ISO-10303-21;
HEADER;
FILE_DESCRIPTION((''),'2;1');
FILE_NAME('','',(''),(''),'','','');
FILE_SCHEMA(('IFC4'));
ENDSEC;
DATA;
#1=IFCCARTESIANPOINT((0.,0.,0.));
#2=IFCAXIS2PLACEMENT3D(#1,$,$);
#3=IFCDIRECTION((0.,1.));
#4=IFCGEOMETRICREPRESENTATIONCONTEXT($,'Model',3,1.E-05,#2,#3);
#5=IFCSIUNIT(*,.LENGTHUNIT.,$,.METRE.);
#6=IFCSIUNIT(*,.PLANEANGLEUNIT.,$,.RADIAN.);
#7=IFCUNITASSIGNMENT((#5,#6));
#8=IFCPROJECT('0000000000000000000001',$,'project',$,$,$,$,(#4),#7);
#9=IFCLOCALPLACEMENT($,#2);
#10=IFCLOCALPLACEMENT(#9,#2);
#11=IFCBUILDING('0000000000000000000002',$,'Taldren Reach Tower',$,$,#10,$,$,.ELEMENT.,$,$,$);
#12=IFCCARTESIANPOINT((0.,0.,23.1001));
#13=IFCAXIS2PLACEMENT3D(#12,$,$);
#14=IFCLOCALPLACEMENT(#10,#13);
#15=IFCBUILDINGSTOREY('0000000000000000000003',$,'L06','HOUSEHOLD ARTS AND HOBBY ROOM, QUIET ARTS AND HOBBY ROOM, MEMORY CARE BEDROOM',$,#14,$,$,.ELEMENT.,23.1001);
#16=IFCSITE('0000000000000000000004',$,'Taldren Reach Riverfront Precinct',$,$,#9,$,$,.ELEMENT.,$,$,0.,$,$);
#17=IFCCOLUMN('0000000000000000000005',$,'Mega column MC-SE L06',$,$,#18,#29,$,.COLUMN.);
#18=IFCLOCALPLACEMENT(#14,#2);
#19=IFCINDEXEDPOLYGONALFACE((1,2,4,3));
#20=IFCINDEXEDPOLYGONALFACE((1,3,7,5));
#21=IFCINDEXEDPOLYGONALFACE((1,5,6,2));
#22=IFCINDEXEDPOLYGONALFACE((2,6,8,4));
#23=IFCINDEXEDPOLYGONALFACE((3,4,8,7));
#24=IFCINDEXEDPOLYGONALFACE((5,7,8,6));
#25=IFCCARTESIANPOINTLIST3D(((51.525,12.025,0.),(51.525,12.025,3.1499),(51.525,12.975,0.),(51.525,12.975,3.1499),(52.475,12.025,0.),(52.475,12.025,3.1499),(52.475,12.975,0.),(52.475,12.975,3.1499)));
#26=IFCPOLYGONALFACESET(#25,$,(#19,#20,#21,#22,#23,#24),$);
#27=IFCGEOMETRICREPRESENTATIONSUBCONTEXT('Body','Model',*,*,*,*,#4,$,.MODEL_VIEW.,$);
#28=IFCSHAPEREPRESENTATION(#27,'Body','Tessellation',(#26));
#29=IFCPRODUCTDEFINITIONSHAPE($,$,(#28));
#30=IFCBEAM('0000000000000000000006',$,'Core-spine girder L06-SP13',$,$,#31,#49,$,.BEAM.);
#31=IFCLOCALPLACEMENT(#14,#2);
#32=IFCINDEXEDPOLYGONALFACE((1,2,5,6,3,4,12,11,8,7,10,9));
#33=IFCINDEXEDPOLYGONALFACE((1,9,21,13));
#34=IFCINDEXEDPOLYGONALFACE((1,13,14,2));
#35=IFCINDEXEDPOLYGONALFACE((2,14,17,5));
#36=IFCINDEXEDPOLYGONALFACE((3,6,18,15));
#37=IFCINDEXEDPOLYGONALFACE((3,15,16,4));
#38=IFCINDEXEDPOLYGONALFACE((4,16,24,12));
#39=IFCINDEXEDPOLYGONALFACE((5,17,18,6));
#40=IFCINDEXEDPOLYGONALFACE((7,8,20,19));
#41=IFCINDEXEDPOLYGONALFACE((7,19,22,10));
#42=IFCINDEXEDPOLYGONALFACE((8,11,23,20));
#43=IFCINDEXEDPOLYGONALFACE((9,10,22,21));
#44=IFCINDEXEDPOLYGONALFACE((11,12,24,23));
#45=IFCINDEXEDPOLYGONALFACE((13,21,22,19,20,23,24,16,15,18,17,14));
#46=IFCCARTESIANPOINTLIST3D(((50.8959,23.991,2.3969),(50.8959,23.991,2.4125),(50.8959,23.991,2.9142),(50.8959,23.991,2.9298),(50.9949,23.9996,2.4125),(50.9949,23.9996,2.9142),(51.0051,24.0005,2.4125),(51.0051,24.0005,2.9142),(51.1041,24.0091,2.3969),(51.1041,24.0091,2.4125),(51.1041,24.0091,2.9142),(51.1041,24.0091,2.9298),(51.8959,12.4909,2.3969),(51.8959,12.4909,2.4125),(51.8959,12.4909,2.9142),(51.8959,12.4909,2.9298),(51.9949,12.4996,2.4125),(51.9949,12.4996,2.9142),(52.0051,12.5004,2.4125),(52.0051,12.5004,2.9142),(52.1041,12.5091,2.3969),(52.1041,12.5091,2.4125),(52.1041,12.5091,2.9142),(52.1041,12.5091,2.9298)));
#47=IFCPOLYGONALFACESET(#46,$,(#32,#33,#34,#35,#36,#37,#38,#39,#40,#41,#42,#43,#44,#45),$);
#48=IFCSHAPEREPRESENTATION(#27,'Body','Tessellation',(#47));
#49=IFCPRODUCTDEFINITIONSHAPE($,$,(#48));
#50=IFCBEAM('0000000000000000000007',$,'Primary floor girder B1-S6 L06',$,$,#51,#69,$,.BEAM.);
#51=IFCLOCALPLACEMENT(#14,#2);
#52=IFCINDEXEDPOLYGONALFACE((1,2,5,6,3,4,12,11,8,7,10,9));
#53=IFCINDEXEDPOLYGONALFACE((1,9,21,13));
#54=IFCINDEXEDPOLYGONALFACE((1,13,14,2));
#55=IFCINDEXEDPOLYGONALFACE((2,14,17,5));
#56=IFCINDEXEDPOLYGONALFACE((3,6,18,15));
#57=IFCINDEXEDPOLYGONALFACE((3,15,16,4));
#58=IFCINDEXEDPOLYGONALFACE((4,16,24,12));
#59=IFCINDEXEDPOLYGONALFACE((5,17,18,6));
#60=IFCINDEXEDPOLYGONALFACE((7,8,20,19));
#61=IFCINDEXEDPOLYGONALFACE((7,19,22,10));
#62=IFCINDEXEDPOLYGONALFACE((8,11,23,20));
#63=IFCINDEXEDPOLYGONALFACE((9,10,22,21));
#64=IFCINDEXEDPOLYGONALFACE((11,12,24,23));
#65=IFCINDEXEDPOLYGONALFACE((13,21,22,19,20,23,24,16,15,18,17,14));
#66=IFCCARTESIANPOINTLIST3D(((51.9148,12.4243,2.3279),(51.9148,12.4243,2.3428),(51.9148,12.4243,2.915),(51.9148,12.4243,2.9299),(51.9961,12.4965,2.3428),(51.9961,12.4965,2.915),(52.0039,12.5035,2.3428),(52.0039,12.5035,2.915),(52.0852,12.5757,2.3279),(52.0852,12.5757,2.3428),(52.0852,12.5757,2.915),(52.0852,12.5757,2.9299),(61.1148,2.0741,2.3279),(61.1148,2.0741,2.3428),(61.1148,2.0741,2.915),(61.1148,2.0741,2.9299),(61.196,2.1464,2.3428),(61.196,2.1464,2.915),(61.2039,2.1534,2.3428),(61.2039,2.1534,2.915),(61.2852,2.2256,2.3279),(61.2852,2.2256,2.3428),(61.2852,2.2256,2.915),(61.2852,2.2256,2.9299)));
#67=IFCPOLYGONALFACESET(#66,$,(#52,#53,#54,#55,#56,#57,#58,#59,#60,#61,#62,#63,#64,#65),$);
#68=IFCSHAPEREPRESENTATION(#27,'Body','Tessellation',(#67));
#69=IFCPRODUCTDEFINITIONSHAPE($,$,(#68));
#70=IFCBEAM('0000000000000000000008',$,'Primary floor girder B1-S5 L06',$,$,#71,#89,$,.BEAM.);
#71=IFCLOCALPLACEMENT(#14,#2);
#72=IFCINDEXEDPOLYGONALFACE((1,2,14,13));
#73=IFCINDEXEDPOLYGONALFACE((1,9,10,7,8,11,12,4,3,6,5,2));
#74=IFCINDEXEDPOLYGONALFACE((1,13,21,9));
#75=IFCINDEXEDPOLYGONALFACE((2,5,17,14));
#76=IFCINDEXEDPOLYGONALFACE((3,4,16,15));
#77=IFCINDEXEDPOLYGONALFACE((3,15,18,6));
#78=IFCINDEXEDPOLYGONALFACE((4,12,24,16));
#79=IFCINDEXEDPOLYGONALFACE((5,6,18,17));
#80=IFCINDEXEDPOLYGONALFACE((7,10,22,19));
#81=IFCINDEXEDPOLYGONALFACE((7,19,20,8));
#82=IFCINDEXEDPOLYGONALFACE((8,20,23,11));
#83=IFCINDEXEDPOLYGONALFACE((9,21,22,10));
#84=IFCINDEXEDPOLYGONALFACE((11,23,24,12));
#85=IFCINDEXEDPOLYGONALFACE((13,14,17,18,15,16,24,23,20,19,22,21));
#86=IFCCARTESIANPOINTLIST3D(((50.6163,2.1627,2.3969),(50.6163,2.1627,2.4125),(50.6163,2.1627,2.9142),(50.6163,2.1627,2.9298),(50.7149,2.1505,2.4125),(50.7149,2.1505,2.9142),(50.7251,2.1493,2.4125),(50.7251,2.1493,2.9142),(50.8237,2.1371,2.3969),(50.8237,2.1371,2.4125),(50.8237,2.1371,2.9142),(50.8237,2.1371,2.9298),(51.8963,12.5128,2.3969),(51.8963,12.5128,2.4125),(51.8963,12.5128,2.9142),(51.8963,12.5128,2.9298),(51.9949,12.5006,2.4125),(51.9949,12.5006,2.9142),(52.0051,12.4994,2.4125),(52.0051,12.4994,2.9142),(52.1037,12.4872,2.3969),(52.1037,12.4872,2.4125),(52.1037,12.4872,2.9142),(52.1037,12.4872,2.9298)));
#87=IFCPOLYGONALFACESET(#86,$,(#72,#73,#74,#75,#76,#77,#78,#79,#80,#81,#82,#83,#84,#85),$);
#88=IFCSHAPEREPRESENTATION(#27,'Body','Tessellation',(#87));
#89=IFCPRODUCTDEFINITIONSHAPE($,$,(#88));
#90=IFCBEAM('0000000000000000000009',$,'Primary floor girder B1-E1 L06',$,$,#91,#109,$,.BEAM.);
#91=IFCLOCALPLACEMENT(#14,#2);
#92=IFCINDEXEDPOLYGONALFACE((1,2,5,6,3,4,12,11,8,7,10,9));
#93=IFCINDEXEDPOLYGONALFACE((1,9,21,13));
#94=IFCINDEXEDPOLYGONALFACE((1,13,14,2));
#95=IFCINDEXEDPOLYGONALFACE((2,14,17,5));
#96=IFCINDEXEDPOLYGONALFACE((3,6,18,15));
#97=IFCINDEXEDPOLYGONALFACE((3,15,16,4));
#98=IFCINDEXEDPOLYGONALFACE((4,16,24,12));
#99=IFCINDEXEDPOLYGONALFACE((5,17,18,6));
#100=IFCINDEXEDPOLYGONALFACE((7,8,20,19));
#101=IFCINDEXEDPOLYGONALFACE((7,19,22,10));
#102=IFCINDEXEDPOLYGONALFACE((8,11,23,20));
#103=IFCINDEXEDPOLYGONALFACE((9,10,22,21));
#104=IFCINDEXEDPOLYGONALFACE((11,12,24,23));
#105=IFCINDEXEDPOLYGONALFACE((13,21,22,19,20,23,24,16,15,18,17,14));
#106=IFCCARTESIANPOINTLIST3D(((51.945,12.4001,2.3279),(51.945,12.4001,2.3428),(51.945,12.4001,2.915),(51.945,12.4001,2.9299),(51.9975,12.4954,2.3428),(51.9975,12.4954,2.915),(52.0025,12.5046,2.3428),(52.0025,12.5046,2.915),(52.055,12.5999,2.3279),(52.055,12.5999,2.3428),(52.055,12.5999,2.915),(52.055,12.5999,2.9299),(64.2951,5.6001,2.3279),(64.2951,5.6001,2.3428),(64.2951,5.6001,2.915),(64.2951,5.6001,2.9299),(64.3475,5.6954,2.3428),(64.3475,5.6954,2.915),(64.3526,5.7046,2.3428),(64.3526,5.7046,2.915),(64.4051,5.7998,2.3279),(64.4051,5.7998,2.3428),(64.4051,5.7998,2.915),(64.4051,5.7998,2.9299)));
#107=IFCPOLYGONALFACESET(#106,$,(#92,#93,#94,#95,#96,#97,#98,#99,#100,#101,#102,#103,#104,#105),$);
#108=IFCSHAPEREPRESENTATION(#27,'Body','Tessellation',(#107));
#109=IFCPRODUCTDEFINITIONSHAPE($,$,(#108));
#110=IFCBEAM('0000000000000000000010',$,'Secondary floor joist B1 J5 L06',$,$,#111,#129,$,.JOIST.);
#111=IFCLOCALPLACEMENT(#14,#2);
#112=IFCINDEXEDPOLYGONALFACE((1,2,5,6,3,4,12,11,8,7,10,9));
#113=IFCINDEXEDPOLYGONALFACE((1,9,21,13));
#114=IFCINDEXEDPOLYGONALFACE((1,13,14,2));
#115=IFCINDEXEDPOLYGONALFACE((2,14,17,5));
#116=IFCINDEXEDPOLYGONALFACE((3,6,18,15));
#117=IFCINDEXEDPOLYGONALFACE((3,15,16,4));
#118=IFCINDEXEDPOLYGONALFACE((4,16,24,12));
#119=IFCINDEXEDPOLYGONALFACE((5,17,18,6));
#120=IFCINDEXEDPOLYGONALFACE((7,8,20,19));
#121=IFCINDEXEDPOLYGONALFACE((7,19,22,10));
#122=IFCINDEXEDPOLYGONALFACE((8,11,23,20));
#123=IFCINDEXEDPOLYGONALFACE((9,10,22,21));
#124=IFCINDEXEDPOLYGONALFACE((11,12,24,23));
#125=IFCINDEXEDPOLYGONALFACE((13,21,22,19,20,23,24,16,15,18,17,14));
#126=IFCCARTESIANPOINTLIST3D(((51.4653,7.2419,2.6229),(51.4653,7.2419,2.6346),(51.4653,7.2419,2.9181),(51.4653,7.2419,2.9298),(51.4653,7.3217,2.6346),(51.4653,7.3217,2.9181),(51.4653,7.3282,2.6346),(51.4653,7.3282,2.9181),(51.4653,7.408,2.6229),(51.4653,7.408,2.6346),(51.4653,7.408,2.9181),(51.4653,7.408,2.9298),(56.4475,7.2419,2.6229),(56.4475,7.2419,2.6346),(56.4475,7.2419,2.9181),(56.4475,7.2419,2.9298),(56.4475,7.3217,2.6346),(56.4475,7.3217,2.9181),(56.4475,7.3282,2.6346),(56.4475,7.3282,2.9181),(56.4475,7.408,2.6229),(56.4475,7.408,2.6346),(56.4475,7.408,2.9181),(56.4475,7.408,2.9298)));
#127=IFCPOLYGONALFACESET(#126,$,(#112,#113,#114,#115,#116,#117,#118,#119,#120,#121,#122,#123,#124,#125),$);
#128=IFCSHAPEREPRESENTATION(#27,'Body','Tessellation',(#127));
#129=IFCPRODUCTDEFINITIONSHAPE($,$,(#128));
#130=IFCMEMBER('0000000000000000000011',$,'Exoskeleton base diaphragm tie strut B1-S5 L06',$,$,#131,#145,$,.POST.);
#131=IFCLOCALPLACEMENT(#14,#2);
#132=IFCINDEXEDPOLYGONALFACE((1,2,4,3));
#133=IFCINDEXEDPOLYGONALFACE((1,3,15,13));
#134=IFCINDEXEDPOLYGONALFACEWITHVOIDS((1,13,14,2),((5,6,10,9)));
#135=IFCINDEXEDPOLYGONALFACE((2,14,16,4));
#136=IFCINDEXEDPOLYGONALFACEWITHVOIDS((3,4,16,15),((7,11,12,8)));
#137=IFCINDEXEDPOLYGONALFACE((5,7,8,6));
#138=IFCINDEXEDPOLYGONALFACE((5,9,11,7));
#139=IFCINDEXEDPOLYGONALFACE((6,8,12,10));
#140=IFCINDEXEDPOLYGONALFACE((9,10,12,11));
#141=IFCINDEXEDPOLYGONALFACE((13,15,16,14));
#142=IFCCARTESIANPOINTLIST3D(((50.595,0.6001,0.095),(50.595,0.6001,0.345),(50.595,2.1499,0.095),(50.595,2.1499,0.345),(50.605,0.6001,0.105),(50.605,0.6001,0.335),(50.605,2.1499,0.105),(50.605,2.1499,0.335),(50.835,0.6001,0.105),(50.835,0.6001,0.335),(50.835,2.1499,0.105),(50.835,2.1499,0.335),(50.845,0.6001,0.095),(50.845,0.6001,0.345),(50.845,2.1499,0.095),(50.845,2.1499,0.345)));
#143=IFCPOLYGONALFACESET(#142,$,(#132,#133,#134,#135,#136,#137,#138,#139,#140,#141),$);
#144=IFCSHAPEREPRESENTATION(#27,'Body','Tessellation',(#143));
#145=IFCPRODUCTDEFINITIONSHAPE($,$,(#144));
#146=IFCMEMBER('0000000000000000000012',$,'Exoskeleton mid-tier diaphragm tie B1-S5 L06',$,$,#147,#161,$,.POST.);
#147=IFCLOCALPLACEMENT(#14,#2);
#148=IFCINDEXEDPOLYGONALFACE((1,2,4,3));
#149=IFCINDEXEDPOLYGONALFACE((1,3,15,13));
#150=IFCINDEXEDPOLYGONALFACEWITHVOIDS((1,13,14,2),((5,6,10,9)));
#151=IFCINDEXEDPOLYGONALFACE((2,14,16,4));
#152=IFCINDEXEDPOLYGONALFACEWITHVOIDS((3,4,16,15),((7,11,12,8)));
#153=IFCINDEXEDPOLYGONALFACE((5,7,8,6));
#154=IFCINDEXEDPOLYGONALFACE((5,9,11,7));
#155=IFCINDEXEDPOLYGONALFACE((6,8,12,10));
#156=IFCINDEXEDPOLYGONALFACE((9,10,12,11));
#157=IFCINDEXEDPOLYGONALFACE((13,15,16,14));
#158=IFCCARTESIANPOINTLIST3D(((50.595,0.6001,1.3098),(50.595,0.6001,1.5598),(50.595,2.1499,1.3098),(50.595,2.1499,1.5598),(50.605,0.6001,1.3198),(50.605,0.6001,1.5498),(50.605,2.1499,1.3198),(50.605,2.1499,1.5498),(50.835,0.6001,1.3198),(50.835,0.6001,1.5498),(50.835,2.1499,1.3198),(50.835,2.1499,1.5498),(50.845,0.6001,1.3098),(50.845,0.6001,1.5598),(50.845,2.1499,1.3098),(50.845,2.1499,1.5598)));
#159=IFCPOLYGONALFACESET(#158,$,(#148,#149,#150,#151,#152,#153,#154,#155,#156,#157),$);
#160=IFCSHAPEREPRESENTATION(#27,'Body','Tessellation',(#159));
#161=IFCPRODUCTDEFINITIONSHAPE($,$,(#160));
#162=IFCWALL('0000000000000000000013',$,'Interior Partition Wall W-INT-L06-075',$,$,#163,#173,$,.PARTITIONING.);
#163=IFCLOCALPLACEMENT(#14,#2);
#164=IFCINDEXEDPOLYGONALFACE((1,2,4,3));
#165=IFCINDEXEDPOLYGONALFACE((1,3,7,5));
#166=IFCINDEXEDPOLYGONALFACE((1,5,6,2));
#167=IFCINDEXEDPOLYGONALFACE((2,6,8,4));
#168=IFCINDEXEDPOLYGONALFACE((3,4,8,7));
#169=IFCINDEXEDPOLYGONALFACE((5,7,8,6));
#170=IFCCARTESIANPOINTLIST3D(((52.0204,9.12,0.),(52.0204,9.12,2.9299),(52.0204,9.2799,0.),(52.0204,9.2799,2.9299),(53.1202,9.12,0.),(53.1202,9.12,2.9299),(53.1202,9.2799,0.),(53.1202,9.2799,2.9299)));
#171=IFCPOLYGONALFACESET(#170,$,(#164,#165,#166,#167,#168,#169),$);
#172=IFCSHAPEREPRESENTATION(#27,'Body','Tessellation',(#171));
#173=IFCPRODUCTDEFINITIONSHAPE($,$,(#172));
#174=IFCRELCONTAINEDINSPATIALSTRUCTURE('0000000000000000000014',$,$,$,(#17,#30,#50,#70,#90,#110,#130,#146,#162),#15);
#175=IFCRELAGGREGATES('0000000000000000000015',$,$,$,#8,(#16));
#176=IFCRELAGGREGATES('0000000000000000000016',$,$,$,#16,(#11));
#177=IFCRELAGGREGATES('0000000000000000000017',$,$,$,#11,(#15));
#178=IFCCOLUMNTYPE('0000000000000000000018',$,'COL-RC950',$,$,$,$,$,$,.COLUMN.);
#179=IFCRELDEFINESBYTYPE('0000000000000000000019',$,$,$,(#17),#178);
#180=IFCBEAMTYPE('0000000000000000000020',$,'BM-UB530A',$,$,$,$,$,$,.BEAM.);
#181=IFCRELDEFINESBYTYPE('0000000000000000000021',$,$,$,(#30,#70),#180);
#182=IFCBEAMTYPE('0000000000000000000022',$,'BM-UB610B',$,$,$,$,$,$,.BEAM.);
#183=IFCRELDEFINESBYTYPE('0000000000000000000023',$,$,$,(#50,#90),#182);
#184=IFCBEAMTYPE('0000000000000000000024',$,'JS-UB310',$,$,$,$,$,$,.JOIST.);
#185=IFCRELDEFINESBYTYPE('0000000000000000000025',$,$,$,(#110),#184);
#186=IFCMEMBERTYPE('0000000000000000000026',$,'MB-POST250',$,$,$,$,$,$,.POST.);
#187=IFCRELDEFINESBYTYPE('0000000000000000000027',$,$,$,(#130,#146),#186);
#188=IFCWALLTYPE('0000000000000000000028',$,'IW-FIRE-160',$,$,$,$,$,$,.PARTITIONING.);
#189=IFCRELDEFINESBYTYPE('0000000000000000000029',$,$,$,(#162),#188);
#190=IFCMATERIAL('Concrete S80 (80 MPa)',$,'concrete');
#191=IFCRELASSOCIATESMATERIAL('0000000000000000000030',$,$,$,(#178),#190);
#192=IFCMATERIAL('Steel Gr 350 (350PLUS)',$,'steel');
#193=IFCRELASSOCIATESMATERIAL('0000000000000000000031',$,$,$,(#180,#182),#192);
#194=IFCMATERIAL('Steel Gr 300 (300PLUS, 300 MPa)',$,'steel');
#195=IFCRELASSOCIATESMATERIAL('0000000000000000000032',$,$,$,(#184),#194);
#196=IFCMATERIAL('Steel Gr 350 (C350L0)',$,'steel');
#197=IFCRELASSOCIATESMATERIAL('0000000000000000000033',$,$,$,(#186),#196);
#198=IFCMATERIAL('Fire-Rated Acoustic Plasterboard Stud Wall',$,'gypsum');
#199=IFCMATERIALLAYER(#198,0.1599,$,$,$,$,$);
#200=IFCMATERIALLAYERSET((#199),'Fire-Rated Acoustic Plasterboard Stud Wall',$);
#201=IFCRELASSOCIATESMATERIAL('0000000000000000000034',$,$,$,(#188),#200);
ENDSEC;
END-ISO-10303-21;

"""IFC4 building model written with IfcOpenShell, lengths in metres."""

from ifc_helpers import new_model, si_unit, direction, frame, frame_2d, origin, origin_2d, place, context, subcontext, project, spatial, rectangle, hollow_rectangle, i_section, extrude, source, transform, mapped, material, layer, layer_set, material_profile, profile_set, type_object, element, save


model = new_model("IFC4")

# Units and contexts
model_context = context("Model", 3, precision=1e-05, world=origin(), true_north=direction((0.0, 1.0)))
body_context = subcontext(model_context, "Body", "Model", "MODEL_VIEW")
ifc_project = project(units=[si_unit("LENGTHUNIT", "METRE"), si_unit("PLANEANGLEUNIT", "RADIAN")], contexts=[model_context])

# Site, building, storey
site_placement = place(None, origin())
site = spatial("IfcSite", under=ifc_project, at=site_placement, Name="Taldren Reach Riverfront Precinct", CompositionType="ELEMENT", RefElevation=0.0)
building_placement = place(site_placement, origin())
building = spatial("IfcBuilding", under=site, at=building_placement, Name="Taldren Reach Tower", CompositionType="ELEMENT")
storey_placement = place(building_placement, frame((0.0, 0.0, 23.1001)))
storey = spatial("IfcBuildingStorey", under=building, at=storey_placement, Name="L06", Description="HOUSEHOLD ARTS AND HOBBY ROOM, QUIET ARTS AND HOBBY ROOM, MEMORY CARE BEDROOM", CompositionType="ELEMENT", Elevation=23.1001)

# Column
ifc_material_1 = material(Name="Concrete S80 (80 MPa)", Category="concrete")
ifc_material_profile_1 = material_profile(ifc_material_1, rectangle(XDim=0.95, YDim=0.95, at=origin_2d()), Name="RC-950x950")
ifc_profile_set_1 = profile_set([ifc_material_profile_1], Name="Concrete S80 (80 MPa)")
column_type = type_object("IfcColumnType", Name="COL-RC950", PredefinedType="COLUMN", material=ifc_profile_set_1)
shared_shape_1 = source(origin(), body_context, "Body", "SweptSolid", [
    extrude(rectangle(XDim=0.95, YDim=0.95, at=origin_2d()), origin(), (0.0, 0.0, 1.0), 3.1499),
])
column_placement = place(storey_placement, frame((52.0, 12.5, 0.0), z_axis=(0.0, 0.0, 1.0), x_axis=(1.0, 0.0, 0.0)))
element("IfcColumn", 1, at=column_placement, inside=storey, type_object=column_type, Name="Mega column MC-SE L06", PredefinedType="COLUMN", context=body_context, shape_type="MappedRepresentation", body=[
    mapped(shared_shape_1, transform((0.0, 0.0, 0.0), scale=1.0)),
])

# Beams
ifc_material_2 = material(Name="Steel Gr 350 (350PLUS)", Category="steel")
ifc_material_profile_2 = material_profile(ifc_material_2, i_section(OverallWidth=0.209, OverallDepth=0.533, WebThickness=0.0103, FlangeThickness=0.0156, at=origin_2d()), Name="530UB92.4")
ifc_profile_set_2 = profile_set([ifc_material_profile_2], Name="Steel Gr 350 (350PLUS)")
beam_type_1 = type_object("IfcBeamType", Name="BM-UB530A", PredefinedType="BEAM", material=ifc_profile_set_2)
shared_shape_2 = source(origin(), body_context, "Body", "SweptSolid", [
    extrude(i_section(OverallWidth=0.209, OverallDepth=0.533, WebThickness=0.0103, FlangeThickness=0.0156, at=origin_2d()), origin(), (0.0, 0.0, 1.0), 11.5435),
])
beam_1_placement = place(storey_placement, frame((52.0, 12.5, 2.6633), z_axis=(-0.08663, 0.996241, 0.0), x_axis=(-0.996241, -0.08663, 0.0)))
element("IfcBeam", 2, at=beam_1_placement, inside=storey, type_object=beam_type_1, Name="Core-spine girder L06-SP13", PredefinedType="BEAM", context=body_context, shape_type="MappedRepresentation", body=[
    mapped(shared_shape_2, transform((0.0, 0.0, 0.0), scale=1.0)),
])
ifc_material_profile_3 = material_profile(ifc_material_2, i_section(OverallWidth=0.228, OverallDepth=0.6021, WebThickness=0.0105, FlangeThickness=0.0149, at=origin_2d()), Name="610UB101")
ifc_profile_set_3 = profile_set([ifc_material_profile_3], Name="Steel Gr 350 (350PLUS)")
beam_type_2 = type_object("IfcBeamType", Name="BM-UB610B", PredefinedType="BEAM", material=ifc_profile_set_3)
shared_shape_3 = source(origin(), body_context, "Body", "SweptSolid", [
    extrude(i_section(OverallWidth=0.228, OverallDepth=0.6021, WebThickness=0.0105, FlangeThickness=0.0149, at=origin_2d()), origin(), (0.0, 0.0, 1.0), 13.8479),
])
beam_2_placement = place(storey_placement, frame((52.0, 12.5, 2.6289), z_axis=(0.664358, -0.747414, 0.0), x_axis=(0.747414, 0.664358, 0.0)))
element("IfcBeam", 3, at=beam_2_placement, inside=storey, type_object=beam_type_2, Name="Primary floor girder B1-S6 L06", PredefinedType="BEAM", context=body_context, shape_type="MappedRepresentation", body=[
    mapped(shared_shape_3, transform((0.0, 0.0, 0.0), scale=1.0)),
])
shared_shape_4 = source(origin(), body_context, "Body", "SweptSolid", [
    extrude(i_section(OverallWidth=0.209, OverallDepth=0.533, WebThickness=0.0103, FlangeThickness=0.0156, at=origin_2d()), origin(), (0.0, 0.0, 1.0), 10.429),
])
beam_3_placement = place(storey_placement, frame((52.0, 12.5, 2.6633), z_axis=(-0.122738, -0.992439, 0.0), x_axis=(0.992439, -0.122738, 0.0)))
element("IfcBeam", 4, at=beam_3_placement, inside=storey, type_object=beam_type_1, Name="Primary floor girder B1-S5 L06", PredefinedType="BEAM", context=body_context, shape_type="MappedRepresentation", body=[
    mapped(shared_shape_4, transform((0.0, 0.0, 0.0), scale=1.0)),
])
shared_shape_5 = source(origin(), body_context, "Body", "SweptSolid", [
    extrude(i_section(OverallWidth=0.228, OverallDepth=0.6021, WebThickness=0.0105, FlangeThickness=0.0149, at=origin_2d()), origin(), (0.0, 0.0, 1.0), 14.0984),
])
beam_4_placement = place(storey_placement, frame((52.0, 12.5, 2.6289), z_axis=(0.875991, -0.482327, 0.0), x_axis=(0.482327, 0.875991, 0.0)))
element("IfcBeam", 5, at=beam_4_placement, inside=storey, type_object=beam_type_2, Name="Primary floor girder B1-E1 L06", PredefinedType="BEAM", context=body_context, shape_type="MappedRepresentation", body=[
    mapped(shared_shape_5, transform((0.0, 0.0, 0.0), scale=1.0)),
])
ifc_material_3 = material(Name="Steel Gr 300 (300PLUS, 300 MPa)", Category="steel")
ifc_material_profile_4 = material_profile(ifc_material_3, i_section(OverallWidth=0.166, OverallDepth=0.3069, WebThickness=0.0066, FlangeThickness=0.0117, at=origin_2d()), Name="310UB46.2")
ifc_profile_set_4 = profile_set([ifc_material_profile_4], Name="Steel Gr 300 (300PLUS, 300 MPa)")
beam_type_3 = type_object("IfcBeamType", Name="JS-UB310", PredefinedType="JOIST", material=ifc_profile_set_4)
shared_shape_6 = source(origin(), body_context, "Body", "SweptSolid", [
    extrude(i_section(OverallWidth=0.166, OverallDepth=0.3069, WebThickness=0.0066, FlangeThickness=0.0117, at=origin_2d()), origin(), (0.0, 0.0, 1.0), 4.9822),
])
beam_5_placement = place(storey_placement, frame((51.4653, 7.325, 2.7764), z_axis=(1.0, 0.0, 0.0), x_axis=(0.0, 1.0, 0.0)))
element("IfcBeam", 6, at=beam_5_placement, inside=storey, type_object=beam_type_3, Name="Secondary floor joist B1 J5 L06", PredefinedType="JOIST", context=body_context, shape_type="MappedRepresentation", body=[
    mapped(shared_shape_6, transform((0.0, 0.0, 0.0), scale=1.0)),
])

# Members
ifc_material_4 = material(Name="Steel Gr 350 (C350L0)", Category="steel")
ifc_material_profile_5 = material_profile(ifc_material_4, hollow_rectangle(XDim=0.25, YDim=0.25, WallThickness=0.01, at=origin_2d()), Name="250x250x10.0SHS")
ifc_profile_set_5 = profile_set([ifc_material_profile_5], Name="Steel Gr 350 (C350L0)")
member_type = type_object("IfcMemberType", Name="MB-POST250", PredefinedType="POST", material=ifc_profile_set_5)
shared_shape_7 = source(origin(), body_context, "Body", "SweptSolid", [
    extrude(hollow_rectangle(XDim=0.25, YDim=0.25, WallThickness=0.01, at=origin_2d()), origin(), (0.0, 0.0, 1.0), 1.5498),
])
for number, where, z_axis, x_axis, name in (
    (7, (50.72, 2.1499, 0.22), (0.0, -1.0, 0.0), (1.0, 0.0, 0.0), "Exoskeleton base diaphragm tie strut B1-S5 L06"),
    (8, (50.72, 2.1499, 1.4348), (0.0, -1.0, 0.0), (1.0, 0.0, 0.0), "Exoskeleton mid-tier diaphragm tie B1-S5 L06"),
):
    element("IfcMember", number, at=place(storey_placement, frame(where, z_axis=z_axis, x_axis=x_axis)), inside=storey, type_object=member_type, Name=name, PredefinedType="POST", context=body_context, shape_type="MappedRepresentation", body=[
        mapped(shared_shape_7, transform((0.0, 0.0, 0.0), scale=1.0)),
    ])

# Wall
ifc_material_5 = material(Name="Fire-Rated Acoustic Plasterboard Stud Wall", Category="gypsum")
ifc_layer_1 = layer(ifc_material_5, 0.1599)
ifc_layer_set_1 = layer_set([ifc_layer_1], Name="Fire-Rated Acoustic Plasterboard Stud Wall")
wall_type_1 = type_object("IfcWallType", Name="IW-FIRE-160", PredefinedType="PARTITIONING", material=ifc_layer_set_1)
shared_shape_8 = source(origin(), body_context, "Body", "SweptSolid", [
    extrude(rectangle(XDim=1.0999, YDim=0.1599, at=frame_2d((0.5498, 0.0))), origin(), (0.0, 0.0, 1.0), 2.9299),
])
wall_1_placement = place(storey_placement, frame((53.1201, 9.2, 0.0), z_axis=(0.0, 0.0, 1.0), x_axis=(-1.0, 0.0, 0.0)))
element("IfcWall", 9, at=wall_1_placement, inside=storey, type_object=wall_type_1, Name="Interior Partition Wall W-INT-L06-075", PredefinedType="PARTITIONING", context=body_context, shape_type="MappedRepresentation", body=[
    mapped(shared_shape_8, transform((0.0, 0.0, 0.0), scale=1.0)),
])

save(model, "model.ifc")
